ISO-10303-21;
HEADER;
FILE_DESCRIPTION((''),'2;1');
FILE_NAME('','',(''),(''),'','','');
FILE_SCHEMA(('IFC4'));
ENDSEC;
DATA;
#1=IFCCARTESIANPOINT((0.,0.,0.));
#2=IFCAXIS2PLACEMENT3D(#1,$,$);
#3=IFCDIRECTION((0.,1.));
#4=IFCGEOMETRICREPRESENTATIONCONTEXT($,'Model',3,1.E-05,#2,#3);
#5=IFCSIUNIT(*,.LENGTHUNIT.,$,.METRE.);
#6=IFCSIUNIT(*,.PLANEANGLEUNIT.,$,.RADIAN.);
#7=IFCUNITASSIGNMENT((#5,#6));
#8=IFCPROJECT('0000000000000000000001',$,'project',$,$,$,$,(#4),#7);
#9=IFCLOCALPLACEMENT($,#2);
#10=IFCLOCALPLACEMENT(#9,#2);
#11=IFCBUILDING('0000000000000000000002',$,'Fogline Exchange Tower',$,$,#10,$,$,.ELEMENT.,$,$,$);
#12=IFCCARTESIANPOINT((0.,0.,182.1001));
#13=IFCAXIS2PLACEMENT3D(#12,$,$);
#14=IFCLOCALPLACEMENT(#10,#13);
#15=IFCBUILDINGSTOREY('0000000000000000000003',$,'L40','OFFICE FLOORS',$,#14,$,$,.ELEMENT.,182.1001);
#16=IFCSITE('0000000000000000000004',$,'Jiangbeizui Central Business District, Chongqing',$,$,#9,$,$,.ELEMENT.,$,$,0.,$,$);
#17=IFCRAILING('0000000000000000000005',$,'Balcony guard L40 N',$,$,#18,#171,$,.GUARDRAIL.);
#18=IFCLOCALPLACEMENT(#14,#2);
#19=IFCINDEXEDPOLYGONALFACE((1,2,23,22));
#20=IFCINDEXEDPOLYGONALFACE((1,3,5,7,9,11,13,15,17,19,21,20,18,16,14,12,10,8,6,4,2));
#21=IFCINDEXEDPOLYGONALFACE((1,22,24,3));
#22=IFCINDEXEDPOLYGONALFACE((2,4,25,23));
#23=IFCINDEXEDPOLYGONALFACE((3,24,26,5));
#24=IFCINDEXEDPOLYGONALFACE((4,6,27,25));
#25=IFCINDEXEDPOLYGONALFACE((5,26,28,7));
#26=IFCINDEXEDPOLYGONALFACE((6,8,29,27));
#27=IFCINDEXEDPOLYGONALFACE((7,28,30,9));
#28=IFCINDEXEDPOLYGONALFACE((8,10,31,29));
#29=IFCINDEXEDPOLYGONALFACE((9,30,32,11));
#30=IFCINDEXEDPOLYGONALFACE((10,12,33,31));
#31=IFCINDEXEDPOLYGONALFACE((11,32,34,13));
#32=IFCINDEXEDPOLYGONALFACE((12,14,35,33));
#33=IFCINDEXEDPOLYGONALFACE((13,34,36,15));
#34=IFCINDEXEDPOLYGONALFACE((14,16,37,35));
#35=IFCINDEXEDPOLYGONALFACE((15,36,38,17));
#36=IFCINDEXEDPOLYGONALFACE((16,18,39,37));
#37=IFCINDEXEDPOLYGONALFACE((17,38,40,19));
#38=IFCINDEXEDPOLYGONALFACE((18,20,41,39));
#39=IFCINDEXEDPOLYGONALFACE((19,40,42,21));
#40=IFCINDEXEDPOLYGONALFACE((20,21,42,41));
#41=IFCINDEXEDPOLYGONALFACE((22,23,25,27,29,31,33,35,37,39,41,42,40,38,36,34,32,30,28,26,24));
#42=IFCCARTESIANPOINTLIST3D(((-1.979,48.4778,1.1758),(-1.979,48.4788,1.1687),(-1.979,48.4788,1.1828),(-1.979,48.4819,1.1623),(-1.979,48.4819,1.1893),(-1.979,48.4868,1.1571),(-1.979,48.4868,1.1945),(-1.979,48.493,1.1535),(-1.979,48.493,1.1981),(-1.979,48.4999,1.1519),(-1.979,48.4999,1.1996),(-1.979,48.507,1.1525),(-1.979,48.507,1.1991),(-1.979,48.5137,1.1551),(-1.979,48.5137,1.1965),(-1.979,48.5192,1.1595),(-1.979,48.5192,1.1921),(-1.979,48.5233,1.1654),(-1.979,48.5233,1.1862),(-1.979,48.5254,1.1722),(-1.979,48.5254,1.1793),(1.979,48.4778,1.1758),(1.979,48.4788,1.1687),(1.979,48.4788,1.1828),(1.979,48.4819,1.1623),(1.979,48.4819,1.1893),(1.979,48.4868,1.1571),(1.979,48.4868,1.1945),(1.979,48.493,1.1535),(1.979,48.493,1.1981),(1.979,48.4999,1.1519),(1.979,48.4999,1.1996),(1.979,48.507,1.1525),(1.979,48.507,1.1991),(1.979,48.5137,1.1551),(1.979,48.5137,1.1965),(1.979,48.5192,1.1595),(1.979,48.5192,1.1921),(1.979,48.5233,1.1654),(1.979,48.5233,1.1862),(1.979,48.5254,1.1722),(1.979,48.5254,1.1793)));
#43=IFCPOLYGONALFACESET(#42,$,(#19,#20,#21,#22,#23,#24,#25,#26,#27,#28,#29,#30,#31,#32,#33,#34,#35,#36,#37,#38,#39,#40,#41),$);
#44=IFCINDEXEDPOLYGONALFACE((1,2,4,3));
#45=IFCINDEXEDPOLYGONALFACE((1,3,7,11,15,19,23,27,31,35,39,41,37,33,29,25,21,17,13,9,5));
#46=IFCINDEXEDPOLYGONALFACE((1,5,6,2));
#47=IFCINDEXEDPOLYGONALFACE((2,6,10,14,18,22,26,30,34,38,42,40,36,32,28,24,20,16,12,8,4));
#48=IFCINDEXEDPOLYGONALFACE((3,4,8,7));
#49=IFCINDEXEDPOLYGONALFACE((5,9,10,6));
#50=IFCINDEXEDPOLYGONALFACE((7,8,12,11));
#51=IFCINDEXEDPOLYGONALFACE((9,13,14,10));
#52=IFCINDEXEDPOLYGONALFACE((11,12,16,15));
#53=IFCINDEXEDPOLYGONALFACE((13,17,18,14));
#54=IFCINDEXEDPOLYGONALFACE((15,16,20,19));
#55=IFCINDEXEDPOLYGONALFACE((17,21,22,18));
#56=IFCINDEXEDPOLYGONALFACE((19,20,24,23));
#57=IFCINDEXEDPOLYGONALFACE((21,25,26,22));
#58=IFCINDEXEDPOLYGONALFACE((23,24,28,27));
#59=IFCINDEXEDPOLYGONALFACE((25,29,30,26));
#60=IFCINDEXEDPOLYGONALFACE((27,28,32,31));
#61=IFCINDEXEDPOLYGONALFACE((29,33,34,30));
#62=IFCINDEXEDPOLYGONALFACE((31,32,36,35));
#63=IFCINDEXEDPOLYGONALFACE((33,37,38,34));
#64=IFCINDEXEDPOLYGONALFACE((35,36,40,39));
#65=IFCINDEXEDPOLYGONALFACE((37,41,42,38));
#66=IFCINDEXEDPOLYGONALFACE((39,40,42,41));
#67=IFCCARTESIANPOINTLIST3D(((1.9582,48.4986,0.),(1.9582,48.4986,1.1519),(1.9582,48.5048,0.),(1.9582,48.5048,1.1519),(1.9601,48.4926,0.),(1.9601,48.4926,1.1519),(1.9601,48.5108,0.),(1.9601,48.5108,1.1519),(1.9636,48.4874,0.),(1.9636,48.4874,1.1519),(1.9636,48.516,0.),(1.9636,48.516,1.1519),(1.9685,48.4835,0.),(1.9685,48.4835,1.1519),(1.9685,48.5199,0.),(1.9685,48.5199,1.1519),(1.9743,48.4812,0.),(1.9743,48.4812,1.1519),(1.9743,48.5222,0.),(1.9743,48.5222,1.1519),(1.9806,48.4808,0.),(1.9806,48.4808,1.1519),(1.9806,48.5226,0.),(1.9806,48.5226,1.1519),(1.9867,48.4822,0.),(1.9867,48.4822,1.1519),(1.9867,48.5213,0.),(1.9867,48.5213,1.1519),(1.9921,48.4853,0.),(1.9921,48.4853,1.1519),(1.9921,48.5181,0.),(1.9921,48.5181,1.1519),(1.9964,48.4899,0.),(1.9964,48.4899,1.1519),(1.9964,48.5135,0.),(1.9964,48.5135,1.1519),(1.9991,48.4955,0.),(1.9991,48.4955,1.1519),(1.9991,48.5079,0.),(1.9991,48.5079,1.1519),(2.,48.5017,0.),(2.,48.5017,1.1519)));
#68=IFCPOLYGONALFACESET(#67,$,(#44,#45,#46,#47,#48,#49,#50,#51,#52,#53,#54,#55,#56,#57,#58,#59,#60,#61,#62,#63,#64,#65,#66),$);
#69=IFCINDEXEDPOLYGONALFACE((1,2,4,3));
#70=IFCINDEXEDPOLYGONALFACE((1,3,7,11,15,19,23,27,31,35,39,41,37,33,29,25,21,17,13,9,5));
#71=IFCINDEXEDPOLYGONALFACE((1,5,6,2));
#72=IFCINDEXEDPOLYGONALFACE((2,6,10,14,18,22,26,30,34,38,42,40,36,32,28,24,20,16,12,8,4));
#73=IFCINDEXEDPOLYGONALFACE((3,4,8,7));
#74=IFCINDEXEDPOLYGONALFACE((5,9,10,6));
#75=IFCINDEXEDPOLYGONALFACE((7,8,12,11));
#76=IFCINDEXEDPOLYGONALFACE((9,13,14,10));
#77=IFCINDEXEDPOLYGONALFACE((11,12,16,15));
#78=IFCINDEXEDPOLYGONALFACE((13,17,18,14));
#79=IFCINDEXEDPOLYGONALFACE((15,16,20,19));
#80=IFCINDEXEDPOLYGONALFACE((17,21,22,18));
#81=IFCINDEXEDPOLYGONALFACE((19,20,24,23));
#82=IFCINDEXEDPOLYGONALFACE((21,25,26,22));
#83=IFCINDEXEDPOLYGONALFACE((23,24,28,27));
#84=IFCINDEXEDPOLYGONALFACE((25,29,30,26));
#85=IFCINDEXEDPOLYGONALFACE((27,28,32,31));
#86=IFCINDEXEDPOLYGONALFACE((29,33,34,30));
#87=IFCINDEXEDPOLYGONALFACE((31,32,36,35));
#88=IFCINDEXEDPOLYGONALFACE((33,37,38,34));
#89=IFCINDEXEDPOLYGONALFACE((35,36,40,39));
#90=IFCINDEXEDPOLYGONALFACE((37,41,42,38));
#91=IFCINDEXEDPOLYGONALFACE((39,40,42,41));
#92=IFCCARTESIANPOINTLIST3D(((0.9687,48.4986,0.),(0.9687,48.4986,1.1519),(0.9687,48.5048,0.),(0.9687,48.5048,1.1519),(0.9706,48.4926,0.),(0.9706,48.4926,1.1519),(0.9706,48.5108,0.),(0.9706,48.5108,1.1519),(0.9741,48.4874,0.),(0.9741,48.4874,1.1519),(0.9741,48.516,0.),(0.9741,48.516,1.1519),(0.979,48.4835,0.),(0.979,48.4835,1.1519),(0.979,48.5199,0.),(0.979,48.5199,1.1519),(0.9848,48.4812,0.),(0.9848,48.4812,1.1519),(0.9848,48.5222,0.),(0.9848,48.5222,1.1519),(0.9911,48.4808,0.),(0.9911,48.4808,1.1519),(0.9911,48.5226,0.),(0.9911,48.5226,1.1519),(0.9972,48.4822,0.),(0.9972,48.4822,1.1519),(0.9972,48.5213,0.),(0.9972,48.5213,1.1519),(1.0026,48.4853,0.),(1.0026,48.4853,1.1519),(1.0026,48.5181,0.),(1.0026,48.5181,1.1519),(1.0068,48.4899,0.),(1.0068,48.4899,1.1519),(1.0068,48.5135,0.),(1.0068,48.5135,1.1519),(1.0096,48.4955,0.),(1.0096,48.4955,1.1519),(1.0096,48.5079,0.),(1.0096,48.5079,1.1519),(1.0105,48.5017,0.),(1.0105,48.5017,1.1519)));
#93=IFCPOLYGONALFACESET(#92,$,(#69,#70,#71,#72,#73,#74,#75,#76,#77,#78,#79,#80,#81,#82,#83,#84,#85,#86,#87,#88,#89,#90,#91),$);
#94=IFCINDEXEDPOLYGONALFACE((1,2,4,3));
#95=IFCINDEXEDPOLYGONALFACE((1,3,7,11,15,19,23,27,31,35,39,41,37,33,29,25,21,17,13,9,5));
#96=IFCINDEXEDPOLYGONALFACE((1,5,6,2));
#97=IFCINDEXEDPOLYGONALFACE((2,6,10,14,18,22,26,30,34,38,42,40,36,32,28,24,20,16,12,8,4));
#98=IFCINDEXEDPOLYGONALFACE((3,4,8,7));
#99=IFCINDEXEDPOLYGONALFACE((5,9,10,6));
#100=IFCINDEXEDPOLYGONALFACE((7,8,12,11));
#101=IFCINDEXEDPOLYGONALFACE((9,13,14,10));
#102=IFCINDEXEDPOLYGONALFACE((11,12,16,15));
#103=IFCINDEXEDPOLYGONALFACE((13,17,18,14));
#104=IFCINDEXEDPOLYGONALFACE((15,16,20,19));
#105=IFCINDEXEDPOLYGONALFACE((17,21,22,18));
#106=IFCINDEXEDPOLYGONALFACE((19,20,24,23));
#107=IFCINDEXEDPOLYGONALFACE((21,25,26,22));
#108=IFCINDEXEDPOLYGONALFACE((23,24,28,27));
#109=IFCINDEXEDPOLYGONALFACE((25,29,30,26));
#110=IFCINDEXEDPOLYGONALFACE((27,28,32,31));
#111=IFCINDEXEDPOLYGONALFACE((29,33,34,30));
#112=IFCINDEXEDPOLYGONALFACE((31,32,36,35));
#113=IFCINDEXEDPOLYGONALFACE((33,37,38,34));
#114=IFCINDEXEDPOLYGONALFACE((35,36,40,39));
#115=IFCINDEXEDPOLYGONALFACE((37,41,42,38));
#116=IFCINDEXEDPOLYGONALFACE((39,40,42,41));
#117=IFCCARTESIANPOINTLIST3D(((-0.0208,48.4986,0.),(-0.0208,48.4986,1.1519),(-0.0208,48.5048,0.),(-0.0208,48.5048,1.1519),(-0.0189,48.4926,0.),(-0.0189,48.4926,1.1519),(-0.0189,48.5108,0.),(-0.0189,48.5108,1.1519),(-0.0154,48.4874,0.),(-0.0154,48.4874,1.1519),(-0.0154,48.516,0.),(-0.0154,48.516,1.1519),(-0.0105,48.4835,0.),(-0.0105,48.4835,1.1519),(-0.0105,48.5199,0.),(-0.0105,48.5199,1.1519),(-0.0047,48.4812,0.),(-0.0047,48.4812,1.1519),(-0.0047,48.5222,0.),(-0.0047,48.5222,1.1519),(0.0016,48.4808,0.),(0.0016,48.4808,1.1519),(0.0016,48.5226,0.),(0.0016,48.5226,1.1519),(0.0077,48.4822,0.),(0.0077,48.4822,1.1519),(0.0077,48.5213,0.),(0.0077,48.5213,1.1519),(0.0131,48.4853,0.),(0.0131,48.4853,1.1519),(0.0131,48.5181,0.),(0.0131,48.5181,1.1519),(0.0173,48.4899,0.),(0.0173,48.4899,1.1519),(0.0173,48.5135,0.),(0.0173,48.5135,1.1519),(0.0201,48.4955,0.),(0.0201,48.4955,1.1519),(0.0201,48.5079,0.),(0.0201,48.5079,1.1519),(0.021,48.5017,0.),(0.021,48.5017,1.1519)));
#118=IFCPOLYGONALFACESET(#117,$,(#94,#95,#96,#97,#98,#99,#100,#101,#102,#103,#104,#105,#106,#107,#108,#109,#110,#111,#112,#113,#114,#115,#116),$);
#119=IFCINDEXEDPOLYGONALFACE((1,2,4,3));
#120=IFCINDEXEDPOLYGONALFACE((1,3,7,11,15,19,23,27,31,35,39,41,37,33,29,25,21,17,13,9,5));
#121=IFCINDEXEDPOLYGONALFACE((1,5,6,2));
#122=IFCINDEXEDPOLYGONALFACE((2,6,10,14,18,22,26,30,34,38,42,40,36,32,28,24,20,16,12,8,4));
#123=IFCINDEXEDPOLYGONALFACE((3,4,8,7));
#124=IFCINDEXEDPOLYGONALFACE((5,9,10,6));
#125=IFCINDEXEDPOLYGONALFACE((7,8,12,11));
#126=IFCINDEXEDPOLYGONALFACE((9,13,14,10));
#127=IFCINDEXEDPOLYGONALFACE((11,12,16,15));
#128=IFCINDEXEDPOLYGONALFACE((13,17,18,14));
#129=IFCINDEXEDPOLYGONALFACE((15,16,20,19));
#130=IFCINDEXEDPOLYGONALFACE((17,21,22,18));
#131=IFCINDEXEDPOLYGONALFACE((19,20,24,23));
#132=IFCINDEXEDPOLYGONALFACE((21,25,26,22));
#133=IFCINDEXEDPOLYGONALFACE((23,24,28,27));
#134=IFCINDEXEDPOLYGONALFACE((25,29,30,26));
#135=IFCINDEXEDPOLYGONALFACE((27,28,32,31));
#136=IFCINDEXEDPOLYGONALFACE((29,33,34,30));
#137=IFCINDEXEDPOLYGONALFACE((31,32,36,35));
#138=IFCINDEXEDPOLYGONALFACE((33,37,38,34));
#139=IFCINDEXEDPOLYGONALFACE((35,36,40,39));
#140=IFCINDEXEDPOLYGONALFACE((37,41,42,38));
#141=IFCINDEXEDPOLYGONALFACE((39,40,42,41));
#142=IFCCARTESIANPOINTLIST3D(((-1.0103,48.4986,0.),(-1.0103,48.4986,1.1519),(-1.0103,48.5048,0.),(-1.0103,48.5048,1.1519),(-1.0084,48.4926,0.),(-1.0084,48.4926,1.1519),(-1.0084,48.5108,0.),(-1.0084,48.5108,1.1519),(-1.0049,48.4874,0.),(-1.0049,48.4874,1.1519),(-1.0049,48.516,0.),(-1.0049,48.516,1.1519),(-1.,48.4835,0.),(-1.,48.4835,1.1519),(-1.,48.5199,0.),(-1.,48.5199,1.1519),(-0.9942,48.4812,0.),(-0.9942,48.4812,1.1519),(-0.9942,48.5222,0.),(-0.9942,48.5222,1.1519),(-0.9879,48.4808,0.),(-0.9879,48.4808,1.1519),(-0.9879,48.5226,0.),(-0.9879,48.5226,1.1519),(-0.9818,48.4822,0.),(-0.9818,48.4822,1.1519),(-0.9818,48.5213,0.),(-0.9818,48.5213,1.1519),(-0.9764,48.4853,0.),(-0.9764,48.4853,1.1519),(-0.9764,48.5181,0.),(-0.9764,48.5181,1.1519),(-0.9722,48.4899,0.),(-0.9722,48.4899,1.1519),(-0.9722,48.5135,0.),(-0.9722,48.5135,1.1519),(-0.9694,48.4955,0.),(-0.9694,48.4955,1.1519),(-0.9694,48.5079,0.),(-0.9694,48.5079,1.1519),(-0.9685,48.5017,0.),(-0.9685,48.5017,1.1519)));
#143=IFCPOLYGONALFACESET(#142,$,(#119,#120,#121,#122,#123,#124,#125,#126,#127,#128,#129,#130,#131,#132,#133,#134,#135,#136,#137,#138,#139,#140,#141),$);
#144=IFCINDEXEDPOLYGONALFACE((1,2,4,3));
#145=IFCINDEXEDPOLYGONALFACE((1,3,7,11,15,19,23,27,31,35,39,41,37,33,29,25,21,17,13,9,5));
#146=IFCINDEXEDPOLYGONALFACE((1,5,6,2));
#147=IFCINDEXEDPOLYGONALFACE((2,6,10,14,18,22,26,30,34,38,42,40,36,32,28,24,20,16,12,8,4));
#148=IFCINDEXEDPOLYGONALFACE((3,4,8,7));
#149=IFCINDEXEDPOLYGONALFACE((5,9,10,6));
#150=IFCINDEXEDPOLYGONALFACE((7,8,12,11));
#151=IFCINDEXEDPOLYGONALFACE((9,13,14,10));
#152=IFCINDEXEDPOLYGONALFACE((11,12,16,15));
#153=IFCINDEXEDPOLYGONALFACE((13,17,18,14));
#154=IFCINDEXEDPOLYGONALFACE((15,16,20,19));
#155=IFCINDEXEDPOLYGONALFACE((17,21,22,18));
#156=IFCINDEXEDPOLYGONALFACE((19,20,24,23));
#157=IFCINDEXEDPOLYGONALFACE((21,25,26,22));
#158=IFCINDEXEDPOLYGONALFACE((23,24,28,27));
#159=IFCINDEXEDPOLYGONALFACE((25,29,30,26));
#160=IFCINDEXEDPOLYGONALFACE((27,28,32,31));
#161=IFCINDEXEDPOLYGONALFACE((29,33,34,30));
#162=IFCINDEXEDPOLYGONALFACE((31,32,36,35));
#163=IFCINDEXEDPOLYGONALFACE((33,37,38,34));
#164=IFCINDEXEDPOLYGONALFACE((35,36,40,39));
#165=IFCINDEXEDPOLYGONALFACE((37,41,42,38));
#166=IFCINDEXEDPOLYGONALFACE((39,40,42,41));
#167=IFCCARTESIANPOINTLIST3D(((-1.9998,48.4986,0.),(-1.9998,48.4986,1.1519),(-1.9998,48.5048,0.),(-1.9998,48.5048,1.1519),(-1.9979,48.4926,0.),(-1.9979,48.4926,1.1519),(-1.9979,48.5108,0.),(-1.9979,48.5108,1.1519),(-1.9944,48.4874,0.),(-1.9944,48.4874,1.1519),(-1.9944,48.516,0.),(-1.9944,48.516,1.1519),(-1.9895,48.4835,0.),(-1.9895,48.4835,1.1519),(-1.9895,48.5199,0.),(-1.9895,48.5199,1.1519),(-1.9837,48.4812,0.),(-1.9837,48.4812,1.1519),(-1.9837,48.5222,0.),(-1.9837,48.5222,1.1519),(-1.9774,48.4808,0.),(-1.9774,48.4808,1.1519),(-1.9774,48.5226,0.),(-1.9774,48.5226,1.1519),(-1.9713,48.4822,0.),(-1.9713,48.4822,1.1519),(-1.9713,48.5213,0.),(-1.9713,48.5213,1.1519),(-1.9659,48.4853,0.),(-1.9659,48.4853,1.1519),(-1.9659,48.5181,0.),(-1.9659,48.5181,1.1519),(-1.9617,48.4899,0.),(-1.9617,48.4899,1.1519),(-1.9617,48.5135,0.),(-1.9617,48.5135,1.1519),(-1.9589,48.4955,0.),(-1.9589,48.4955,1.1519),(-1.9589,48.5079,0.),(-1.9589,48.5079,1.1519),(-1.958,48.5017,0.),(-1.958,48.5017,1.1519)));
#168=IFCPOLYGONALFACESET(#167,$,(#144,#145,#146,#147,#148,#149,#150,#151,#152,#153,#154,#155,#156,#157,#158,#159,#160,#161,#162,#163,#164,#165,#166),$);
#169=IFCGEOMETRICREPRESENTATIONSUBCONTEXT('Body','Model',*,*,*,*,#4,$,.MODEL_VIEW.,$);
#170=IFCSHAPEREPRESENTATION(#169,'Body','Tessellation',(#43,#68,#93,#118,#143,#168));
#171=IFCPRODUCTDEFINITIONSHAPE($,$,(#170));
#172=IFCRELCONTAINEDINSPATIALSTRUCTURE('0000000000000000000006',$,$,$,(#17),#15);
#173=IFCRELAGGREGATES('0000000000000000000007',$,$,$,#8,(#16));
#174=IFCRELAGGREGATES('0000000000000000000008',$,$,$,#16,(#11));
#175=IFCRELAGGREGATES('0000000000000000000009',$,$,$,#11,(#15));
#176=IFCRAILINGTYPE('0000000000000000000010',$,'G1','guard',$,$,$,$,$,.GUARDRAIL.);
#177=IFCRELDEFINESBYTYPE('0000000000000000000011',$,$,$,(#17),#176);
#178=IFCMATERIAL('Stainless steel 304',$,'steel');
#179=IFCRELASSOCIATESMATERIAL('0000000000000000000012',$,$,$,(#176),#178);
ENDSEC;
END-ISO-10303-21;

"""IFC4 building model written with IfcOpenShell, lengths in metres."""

from ifc_helpers import new_model, si_unit, direction, frame, origin, origin_2d, place, context, subcontext, project, spatial, circle, extrude, material, type_object, element, save


model = new_model("IFC4")

# Units and contexts
model_context = context("Model", 3, precision=1e-05, world=origin(), true_north=direction((0.0, 1.0)))
body_context = subcontext(model_context, "Body", "Model", "MODEL_VIEW")
ifc_project = project(units=[si_unit("LENGTHUNIT", "METRE"), si_unit("PLANEANGLEUNIT", "RADIAN")], contexts=[model_context])

# Site, building, storey
site_placement = place(None, origin())
site = spatial("IfcSite", under=ifc_project, at=site_placement, Name="Jiangbeizui Central Business District, Chongqing", CompositionType="ELEMENT", RefElevation=0.0)
building_placement = place(site_placement, origin())
building = spatial("IfcBuilding", under=site, at=building_placement, Name="Fogline Exchange Tower", CompositionType="ELEMENT")
storey_placement = place(building_placement, frame((0.0, 0.0, 182.1001)))
storey = spatial("IfcBuildingStorey", under=building, at=storey_placement, Name="L40", Description="OFFICE FLOORS", CompositionType="ELEMENT", Elevation=182.1001)

# Railing
ifc_material_1 = material(Name="Stainless steel 304", Category="steel")
railing_type = type_object("IfcRailingType", Name="G1", Description="guard", PredefinedType="GUARDRAIL", material=ifc_material_1)
railing_placement = place(storey_placement, frame((1.979, 48.5017, 0.0)))
element("IfcRailing", 1, at=railing_placement, inside=storey, type_object=railing_type, Name="Balcony guard L40 N", PredefinedType="GUARDRAIL", context=body_context, shape_type="SweptSolid", body=[
    extrude(circle(Radius=0.0239, at=origin_2d()), frame((0.0, 0.0, 1.1758), z_axis=(-1.0, 0.0, 0.0), x_axis=(0.0, -1.0, 0.0)), (0.0, 0.0, 1.0), 3.958),
    extrude(circle(Radius=0.021, at=origin_2d()), origin(), (0.0, 0.0, 1.0), 1.1519),
    extrude(circle(Radius=0.021, at=origin_2d()), frame((-0.9895, 0.0, 0.0)), (0.0, 0.0, 1.0), 1.1519),
    extrude(circle(Radius=0.021, at=origin_2d()), frame((-1.979, 0.0, 0.0)), (0.0, 0.0, 1.0), 1.1519),
    extrude(circle(Radius=0.021, at=origin_2d()), frame((-2.9685, 0.0, 0.0)), (0.0, 0.0, 1.0), 1.1519),
    extrude(circle(Radius=0.021, at=origin_2d()), frame((-3.958, 0.0, 0.0)), (0.0, 0.0, 1.0), 1.1519),
])

save(model, "model.ifc")
